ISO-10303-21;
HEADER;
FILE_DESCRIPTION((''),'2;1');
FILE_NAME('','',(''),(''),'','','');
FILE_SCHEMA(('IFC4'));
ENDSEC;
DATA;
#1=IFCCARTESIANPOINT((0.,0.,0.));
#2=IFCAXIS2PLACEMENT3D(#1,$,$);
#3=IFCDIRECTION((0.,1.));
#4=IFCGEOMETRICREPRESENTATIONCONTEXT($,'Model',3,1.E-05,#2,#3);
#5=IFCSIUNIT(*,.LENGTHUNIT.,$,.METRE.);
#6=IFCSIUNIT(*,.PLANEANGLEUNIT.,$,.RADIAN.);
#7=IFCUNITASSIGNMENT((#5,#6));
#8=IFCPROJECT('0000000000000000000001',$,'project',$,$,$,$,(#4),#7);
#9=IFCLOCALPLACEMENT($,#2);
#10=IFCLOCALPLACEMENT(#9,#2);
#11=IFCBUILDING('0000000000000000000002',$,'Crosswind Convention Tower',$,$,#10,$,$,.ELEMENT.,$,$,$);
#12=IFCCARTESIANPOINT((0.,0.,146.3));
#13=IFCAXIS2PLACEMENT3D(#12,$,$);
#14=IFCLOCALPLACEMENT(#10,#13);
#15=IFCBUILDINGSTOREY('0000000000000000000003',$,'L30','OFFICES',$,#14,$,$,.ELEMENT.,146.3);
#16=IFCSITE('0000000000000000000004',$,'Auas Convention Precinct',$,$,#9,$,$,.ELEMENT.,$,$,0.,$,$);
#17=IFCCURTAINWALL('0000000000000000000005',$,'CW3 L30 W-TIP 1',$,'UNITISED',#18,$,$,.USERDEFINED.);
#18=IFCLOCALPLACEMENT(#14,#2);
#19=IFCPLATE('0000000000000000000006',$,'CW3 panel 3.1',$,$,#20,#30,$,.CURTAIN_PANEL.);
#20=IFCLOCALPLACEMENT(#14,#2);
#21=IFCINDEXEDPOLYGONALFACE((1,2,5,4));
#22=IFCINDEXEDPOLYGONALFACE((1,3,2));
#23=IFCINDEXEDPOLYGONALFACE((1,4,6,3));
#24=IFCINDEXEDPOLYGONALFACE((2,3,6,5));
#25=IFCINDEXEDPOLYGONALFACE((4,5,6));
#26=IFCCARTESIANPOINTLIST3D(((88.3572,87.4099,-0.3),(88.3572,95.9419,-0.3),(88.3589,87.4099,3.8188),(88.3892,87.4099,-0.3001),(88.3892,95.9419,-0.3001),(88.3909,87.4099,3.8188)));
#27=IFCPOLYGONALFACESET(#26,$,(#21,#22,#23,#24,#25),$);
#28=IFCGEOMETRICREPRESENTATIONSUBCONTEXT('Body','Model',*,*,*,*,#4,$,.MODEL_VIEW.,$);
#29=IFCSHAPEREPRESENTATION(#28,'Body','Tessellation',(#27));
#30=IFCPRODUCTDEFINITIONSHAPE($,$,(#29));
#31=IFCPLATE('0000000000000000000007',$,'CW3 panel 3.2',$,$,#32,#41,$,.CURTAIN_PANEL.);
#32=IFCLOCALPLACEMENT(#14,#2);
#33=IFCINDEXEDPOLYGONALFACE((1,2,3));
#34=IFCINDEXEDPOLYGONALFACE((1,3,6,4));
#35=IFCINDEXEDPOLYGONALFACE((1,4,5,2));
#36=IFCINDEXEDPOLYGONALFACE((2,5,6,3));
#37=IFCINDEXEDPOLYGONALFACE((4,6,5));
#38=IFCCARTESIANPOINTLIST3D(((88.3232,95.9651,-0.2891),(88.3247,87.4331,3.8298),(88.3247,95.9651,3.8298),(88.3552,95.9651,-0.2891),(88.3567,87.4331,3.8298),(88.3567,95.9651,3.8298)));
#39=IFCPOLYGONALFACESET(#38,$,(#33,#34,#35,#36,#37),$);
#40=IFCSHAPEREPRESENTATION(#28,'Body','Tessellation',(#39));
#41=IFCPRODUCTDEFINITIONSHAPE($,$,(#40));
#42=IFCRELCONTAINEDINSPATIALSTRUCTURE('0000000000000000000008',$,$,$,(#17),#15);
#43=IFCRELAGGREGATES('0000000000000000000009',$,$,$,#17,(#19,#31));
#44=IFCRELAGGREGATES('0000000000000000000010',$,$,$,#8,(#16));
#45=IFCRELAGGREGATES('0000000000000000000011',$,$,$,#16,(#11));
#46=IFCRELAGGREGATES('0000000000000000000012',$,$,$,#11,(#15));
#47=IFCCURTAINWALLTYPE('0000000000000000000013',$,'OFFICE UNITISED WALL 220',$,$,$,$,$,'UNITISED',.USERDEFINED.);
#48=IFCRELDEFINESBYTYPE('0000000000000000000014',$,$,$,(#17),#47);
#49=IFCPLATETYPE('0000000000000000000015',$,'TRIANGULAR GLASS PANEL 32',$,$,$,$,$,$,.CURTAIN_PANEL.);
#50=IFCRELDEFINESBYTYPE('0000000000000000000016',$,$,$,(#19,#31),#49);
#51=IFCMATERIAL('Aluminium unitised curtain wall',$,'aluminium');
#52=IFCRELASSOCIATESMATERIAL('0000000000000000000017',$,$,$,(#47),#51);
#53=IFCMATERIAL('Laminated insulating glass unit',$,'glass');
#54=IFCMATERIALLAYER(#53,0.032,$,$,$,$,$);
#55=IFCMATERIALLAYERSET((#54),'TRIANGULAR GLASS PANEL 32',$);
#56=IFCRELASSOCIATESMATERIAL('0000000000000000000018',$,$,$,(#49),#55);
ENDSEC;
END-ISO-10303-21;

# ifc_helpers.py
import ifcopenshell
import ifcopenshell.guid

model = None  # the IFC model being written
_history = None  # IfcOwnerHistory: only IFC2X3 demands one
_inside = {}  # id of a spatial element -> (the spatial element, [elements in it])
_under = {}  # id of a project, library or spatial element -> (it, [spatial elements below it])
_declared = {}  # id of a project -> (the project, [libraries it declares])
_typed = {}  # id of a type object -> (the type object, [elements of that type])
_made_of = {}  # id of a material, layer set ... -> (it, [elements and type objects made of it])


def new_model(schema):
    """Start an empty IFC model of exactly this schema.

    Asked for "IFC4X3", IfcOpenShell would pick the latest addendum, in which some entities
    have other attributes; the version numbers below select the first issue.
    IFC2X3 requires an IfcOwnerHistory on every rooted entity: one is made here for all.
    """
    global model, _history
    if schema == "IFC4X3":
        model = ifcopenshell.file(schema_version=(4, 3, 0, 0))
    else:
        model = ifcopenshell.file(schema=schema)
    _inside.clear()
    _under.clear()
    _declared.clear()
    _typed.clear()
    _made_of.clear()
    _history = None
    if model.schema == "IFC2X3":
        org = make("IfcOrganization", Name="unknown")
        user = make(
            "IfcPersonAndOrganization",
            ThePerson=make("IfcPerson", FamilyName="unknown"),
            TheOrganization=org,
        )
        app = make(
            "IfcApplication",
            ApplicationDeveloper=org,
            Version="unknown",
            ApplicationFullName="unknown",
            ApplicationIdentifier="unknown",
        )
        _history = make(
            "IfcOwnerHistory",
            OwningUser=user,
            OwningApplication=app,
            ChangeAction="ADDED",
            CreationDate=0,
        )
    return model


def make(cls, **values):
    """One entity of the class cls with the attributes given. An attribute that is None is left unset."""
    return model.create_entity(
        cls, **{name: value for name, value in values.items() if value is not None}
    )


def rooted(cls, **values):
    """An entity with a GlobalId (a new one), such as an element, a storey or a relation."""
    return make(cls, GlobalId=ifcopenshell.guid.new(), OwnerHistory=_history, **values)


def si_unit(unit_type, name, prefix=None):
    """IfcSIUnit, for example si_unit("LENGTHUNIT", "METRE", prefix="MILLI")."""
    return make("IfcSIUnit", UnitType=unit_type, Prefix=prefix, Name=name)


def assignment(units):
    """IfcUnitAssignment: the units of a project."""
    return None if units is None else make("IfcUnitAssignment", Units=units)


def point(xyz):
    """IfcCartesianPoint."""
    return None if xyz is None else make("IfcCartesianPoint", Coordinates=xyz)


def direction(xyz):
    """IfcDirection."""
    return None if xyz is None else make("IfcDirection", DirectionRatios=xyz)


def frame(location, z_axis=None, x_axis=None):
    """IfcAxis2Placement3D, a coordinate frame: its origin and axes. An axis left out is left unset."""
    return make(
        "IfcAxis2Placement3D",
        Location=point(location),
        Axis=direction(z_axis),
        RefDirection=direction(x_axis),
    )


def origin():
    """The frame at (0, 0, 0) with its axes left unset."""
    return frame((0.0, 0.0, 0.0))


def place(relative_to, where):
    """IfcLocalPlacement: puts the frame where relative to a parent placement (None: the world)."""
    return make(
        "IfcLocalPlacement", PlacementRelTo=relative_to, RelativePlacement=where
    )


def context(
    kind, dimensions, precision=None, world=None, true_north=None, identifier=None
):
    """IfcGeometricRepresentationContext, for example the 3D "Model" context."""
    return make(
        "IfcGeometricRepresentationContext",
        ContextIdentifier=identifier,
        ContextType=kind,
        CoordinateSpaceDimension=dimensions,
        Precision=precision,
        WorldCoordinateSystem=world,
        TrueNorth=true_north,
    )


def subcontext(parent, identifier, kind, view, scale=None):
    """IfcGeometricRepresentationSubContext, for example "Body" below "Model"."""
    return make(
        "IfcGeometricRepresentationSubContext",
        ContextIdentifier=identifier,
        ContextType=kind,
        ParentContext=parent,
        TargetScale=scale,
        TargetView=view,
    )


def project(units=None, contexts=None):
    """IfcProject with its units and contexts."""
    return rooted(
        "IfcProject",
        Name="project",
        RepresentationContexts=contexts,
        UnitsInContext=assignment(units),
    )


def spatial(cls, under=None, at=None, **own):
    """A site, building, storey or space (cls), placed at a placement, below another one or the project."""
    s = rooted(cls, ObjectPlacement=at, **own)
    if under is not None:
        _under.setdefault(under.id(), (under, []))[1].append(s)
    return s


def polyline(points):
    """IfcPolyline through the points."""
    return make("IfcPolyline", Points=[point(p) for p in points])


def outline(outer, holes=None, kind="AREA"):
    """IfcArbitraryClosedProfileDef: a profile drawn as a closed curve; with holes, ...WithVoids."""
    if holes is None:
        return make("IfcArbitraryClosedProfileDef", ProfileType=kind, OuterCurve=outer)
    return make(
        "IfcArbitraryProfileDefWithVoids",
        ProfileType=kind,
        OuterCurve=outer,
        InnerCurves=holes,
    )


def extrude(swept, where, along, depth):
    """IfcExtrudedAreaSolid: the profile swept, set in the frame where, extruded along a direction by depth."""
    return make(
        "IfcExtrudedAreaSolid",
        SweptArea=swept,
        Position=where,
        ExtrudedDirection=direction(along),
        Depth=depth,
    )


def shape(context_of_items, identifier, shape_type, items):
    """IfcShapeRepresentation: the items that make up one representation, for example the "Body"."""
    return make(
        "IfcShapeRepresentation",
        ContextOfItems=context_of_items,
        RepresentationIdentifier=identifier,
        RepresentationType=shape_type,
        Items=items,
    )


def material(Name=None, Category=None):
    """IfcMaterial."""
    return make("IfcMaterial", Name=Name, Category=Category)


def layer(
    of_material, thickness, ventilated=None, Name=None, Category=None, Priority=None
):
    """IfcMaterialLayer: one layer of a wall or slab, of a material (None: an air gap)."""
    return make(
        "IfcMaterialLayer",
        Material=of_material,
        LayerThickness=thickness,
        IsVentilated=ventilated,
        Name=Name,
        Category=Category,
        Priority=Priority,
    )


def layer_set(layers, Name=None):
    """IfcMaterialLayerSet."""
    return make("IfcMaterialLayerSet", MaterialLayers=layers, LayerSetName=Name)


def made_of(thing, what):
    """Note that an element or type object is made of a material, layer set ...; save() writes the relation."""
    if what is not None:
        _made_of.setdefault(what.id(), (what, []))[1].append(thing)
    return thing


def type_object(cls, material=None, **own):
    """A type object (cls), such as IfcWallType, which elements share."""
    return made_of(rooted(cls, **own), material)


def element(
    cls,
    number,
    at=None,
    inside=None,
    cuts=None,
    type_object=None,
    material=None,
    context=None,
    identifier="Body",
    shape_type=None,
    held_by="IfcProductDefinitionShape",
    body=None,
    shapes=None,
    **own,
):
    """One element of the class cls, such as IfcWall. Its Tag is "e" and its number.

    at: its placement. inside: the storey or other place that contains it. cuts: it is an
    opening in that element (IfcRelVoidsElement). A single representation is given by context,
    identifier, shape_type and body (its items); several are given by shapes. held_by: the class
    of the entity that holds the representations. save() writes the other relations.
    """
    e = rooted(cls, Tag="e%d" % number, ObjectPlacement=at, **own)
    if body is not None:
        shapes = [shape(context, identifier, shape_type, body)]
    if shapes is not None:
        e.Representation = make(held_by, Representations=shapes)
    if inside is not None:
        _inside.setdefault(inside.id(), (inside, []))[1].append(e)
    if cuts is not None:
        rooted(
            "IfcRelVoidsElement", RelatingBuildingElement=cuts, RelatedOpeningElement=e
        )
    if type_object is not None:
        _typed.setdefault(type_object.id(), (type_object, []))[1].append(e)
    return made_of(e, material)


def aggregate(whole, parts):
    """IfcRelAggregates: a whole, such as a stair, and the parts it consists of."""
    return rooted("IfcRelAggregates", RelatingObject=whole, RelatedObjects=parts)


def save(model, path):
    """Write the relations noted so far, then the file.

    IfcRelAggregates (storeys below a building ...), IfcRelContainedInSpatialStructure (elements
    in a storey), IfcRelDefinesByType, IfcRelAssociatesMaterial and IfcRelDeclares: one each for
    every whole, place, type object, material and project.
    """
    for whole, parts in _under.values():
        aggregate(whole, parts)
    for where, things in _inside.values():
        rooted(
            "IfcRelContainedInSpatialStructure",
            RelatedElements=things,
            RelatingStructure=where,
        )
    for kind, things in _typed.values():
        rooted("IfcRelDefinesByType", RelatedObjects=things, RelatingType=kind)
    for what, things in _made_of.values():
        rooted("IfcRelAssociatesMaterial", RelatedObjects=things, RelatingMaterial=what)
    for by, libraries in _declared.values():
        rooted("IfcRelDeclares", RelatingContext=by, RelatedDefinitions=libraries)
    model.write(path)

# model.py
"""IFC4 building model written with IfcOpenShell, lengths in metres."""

from ifc_helpers import new_model, si_unit, direction, frame, origin, place, context, subcontext, project, spatial, polyline, outline, extrude, material, layer, layer_set, type_object, element, aggregate, save


model = new_model("IFC4")

# Units and contexts
model_context = context("Model", 3, precision=1e-05, world=origin(), true_north=direction((0.0, 1.0)))
body_context = subcontext(model_context, "Body", "Model", "MODEL_VIEW")
ifc_project = project(units=[si_unit("LENGTHUNIT", "METRE"), si_unit("PLANEANGLEUNIT", "RADIAN")], contexts=[model_context])

# Site, building, storey
site_placement = place(None, origin())
site = spatial("IfcSite", under=ifc_project, at=site_placement, Name="Auas Convention Precinct", CompositionType="ELEMENT", RefElevation=0.0)
building_placement = place(site_placement, origin())
building = spatial("IfcBuilding", under=site, at=building_placement, Name="Crosswind Convention Tower", CompositionType="ELEMENT")
storey_placement = place(building_placement, frame((0.0, 0.0, 146.3)))
storey = spatial("IfcBuildingStorey", under=building, at=storey_placement, Name="L30", Description="OFFICES", CompositionType="ELEMENT", Elevation=146.3)

# Shared definitions
ifc_material_1 = material(Name="Aluminium unitised curtain wall", Category="aluminium")

# Curtain wall
curtain_wall_type_1 = type_object("IfcCurtainWallType", Name="OFFICE UNITISED WALL 220", ElementType="UNITISED", PredefinedType="USERDEFINED", material=ifc_material_1)
curtain_wall_1_placement = place(storey_placement, origin())
curtain_wall_1 = element("IfcCurtainWall", 1, at=curtain_wall_1_placement, inside=storey, type_object=curtain_wall_type_1, Name="CW3 L30 W-TIP 1", ObjectType="UNITISED", PredefinedType="USERDEFINED")

# Plates
ifc_material_2 = material(Name="Laminated insulating glass unit", Category="glass")
ifc_layer_1 = layer(ifc_material_2, 0.032)
ifc_layer_set_1 = layer_set([ifc_layer_1], Name="TRIANGULAR GLASS PANEL 32")
plate_type_1 = type_object("IfcPlateType", Name="TRIANGULAR GLASS PANEL 32", PredefinedType="CURTAIN_PANEL", material=ifc_layer_set_1)
plate_1_placement = place(storey_placement, frame((88.3572, 87.4099, -0.3), z_axis=(-1.0, 0.0, 0.000415), x_axis=(0.000415, 0.0, 1.0)))
plate_1 = element("IfcPlate", 2, at=plate_1_placement, type_object=plate_type_1, Name="CW3 panel 3.1", PredefinedType="CURTAIN_PANEL", context=body_context, shape_type="SweptSolid", body=[
    extrude(outline(polyline([(0.0, 0.0), (4.1189, 0.0), (0.0, 8.532), (0.0, 0.0)])), origin(), (0.0, 0.0, -1.0), 0.032),
])
plate_2_placement = place(storey_placement, frame((88.3247, 95.9651, 3.8298), z_axis=(-1.0, 0.0, 0.000356), x_axis=(-0.000356, 0.0, -1.0)))
plate_2 = element("IfcPlate", 3, at=plate_2_placement, type_object=plate_type_1, Name="CW3 panel 3.2", PredefinedType="CURTAIN_PANEL", context=body_context, shape_type="SweptSolid", body=[
    extrude(outline(polyline([(0.0, 0.0), (4.1189, 0.0), (0.0, 8.532), (0.0, 0.0)])), origin(), (0.0, 0.0, -1.0), 0.032),
])
aggregate(curtain_wall_1, [plate_1, plate_2])

save(model, "model.ifc")
